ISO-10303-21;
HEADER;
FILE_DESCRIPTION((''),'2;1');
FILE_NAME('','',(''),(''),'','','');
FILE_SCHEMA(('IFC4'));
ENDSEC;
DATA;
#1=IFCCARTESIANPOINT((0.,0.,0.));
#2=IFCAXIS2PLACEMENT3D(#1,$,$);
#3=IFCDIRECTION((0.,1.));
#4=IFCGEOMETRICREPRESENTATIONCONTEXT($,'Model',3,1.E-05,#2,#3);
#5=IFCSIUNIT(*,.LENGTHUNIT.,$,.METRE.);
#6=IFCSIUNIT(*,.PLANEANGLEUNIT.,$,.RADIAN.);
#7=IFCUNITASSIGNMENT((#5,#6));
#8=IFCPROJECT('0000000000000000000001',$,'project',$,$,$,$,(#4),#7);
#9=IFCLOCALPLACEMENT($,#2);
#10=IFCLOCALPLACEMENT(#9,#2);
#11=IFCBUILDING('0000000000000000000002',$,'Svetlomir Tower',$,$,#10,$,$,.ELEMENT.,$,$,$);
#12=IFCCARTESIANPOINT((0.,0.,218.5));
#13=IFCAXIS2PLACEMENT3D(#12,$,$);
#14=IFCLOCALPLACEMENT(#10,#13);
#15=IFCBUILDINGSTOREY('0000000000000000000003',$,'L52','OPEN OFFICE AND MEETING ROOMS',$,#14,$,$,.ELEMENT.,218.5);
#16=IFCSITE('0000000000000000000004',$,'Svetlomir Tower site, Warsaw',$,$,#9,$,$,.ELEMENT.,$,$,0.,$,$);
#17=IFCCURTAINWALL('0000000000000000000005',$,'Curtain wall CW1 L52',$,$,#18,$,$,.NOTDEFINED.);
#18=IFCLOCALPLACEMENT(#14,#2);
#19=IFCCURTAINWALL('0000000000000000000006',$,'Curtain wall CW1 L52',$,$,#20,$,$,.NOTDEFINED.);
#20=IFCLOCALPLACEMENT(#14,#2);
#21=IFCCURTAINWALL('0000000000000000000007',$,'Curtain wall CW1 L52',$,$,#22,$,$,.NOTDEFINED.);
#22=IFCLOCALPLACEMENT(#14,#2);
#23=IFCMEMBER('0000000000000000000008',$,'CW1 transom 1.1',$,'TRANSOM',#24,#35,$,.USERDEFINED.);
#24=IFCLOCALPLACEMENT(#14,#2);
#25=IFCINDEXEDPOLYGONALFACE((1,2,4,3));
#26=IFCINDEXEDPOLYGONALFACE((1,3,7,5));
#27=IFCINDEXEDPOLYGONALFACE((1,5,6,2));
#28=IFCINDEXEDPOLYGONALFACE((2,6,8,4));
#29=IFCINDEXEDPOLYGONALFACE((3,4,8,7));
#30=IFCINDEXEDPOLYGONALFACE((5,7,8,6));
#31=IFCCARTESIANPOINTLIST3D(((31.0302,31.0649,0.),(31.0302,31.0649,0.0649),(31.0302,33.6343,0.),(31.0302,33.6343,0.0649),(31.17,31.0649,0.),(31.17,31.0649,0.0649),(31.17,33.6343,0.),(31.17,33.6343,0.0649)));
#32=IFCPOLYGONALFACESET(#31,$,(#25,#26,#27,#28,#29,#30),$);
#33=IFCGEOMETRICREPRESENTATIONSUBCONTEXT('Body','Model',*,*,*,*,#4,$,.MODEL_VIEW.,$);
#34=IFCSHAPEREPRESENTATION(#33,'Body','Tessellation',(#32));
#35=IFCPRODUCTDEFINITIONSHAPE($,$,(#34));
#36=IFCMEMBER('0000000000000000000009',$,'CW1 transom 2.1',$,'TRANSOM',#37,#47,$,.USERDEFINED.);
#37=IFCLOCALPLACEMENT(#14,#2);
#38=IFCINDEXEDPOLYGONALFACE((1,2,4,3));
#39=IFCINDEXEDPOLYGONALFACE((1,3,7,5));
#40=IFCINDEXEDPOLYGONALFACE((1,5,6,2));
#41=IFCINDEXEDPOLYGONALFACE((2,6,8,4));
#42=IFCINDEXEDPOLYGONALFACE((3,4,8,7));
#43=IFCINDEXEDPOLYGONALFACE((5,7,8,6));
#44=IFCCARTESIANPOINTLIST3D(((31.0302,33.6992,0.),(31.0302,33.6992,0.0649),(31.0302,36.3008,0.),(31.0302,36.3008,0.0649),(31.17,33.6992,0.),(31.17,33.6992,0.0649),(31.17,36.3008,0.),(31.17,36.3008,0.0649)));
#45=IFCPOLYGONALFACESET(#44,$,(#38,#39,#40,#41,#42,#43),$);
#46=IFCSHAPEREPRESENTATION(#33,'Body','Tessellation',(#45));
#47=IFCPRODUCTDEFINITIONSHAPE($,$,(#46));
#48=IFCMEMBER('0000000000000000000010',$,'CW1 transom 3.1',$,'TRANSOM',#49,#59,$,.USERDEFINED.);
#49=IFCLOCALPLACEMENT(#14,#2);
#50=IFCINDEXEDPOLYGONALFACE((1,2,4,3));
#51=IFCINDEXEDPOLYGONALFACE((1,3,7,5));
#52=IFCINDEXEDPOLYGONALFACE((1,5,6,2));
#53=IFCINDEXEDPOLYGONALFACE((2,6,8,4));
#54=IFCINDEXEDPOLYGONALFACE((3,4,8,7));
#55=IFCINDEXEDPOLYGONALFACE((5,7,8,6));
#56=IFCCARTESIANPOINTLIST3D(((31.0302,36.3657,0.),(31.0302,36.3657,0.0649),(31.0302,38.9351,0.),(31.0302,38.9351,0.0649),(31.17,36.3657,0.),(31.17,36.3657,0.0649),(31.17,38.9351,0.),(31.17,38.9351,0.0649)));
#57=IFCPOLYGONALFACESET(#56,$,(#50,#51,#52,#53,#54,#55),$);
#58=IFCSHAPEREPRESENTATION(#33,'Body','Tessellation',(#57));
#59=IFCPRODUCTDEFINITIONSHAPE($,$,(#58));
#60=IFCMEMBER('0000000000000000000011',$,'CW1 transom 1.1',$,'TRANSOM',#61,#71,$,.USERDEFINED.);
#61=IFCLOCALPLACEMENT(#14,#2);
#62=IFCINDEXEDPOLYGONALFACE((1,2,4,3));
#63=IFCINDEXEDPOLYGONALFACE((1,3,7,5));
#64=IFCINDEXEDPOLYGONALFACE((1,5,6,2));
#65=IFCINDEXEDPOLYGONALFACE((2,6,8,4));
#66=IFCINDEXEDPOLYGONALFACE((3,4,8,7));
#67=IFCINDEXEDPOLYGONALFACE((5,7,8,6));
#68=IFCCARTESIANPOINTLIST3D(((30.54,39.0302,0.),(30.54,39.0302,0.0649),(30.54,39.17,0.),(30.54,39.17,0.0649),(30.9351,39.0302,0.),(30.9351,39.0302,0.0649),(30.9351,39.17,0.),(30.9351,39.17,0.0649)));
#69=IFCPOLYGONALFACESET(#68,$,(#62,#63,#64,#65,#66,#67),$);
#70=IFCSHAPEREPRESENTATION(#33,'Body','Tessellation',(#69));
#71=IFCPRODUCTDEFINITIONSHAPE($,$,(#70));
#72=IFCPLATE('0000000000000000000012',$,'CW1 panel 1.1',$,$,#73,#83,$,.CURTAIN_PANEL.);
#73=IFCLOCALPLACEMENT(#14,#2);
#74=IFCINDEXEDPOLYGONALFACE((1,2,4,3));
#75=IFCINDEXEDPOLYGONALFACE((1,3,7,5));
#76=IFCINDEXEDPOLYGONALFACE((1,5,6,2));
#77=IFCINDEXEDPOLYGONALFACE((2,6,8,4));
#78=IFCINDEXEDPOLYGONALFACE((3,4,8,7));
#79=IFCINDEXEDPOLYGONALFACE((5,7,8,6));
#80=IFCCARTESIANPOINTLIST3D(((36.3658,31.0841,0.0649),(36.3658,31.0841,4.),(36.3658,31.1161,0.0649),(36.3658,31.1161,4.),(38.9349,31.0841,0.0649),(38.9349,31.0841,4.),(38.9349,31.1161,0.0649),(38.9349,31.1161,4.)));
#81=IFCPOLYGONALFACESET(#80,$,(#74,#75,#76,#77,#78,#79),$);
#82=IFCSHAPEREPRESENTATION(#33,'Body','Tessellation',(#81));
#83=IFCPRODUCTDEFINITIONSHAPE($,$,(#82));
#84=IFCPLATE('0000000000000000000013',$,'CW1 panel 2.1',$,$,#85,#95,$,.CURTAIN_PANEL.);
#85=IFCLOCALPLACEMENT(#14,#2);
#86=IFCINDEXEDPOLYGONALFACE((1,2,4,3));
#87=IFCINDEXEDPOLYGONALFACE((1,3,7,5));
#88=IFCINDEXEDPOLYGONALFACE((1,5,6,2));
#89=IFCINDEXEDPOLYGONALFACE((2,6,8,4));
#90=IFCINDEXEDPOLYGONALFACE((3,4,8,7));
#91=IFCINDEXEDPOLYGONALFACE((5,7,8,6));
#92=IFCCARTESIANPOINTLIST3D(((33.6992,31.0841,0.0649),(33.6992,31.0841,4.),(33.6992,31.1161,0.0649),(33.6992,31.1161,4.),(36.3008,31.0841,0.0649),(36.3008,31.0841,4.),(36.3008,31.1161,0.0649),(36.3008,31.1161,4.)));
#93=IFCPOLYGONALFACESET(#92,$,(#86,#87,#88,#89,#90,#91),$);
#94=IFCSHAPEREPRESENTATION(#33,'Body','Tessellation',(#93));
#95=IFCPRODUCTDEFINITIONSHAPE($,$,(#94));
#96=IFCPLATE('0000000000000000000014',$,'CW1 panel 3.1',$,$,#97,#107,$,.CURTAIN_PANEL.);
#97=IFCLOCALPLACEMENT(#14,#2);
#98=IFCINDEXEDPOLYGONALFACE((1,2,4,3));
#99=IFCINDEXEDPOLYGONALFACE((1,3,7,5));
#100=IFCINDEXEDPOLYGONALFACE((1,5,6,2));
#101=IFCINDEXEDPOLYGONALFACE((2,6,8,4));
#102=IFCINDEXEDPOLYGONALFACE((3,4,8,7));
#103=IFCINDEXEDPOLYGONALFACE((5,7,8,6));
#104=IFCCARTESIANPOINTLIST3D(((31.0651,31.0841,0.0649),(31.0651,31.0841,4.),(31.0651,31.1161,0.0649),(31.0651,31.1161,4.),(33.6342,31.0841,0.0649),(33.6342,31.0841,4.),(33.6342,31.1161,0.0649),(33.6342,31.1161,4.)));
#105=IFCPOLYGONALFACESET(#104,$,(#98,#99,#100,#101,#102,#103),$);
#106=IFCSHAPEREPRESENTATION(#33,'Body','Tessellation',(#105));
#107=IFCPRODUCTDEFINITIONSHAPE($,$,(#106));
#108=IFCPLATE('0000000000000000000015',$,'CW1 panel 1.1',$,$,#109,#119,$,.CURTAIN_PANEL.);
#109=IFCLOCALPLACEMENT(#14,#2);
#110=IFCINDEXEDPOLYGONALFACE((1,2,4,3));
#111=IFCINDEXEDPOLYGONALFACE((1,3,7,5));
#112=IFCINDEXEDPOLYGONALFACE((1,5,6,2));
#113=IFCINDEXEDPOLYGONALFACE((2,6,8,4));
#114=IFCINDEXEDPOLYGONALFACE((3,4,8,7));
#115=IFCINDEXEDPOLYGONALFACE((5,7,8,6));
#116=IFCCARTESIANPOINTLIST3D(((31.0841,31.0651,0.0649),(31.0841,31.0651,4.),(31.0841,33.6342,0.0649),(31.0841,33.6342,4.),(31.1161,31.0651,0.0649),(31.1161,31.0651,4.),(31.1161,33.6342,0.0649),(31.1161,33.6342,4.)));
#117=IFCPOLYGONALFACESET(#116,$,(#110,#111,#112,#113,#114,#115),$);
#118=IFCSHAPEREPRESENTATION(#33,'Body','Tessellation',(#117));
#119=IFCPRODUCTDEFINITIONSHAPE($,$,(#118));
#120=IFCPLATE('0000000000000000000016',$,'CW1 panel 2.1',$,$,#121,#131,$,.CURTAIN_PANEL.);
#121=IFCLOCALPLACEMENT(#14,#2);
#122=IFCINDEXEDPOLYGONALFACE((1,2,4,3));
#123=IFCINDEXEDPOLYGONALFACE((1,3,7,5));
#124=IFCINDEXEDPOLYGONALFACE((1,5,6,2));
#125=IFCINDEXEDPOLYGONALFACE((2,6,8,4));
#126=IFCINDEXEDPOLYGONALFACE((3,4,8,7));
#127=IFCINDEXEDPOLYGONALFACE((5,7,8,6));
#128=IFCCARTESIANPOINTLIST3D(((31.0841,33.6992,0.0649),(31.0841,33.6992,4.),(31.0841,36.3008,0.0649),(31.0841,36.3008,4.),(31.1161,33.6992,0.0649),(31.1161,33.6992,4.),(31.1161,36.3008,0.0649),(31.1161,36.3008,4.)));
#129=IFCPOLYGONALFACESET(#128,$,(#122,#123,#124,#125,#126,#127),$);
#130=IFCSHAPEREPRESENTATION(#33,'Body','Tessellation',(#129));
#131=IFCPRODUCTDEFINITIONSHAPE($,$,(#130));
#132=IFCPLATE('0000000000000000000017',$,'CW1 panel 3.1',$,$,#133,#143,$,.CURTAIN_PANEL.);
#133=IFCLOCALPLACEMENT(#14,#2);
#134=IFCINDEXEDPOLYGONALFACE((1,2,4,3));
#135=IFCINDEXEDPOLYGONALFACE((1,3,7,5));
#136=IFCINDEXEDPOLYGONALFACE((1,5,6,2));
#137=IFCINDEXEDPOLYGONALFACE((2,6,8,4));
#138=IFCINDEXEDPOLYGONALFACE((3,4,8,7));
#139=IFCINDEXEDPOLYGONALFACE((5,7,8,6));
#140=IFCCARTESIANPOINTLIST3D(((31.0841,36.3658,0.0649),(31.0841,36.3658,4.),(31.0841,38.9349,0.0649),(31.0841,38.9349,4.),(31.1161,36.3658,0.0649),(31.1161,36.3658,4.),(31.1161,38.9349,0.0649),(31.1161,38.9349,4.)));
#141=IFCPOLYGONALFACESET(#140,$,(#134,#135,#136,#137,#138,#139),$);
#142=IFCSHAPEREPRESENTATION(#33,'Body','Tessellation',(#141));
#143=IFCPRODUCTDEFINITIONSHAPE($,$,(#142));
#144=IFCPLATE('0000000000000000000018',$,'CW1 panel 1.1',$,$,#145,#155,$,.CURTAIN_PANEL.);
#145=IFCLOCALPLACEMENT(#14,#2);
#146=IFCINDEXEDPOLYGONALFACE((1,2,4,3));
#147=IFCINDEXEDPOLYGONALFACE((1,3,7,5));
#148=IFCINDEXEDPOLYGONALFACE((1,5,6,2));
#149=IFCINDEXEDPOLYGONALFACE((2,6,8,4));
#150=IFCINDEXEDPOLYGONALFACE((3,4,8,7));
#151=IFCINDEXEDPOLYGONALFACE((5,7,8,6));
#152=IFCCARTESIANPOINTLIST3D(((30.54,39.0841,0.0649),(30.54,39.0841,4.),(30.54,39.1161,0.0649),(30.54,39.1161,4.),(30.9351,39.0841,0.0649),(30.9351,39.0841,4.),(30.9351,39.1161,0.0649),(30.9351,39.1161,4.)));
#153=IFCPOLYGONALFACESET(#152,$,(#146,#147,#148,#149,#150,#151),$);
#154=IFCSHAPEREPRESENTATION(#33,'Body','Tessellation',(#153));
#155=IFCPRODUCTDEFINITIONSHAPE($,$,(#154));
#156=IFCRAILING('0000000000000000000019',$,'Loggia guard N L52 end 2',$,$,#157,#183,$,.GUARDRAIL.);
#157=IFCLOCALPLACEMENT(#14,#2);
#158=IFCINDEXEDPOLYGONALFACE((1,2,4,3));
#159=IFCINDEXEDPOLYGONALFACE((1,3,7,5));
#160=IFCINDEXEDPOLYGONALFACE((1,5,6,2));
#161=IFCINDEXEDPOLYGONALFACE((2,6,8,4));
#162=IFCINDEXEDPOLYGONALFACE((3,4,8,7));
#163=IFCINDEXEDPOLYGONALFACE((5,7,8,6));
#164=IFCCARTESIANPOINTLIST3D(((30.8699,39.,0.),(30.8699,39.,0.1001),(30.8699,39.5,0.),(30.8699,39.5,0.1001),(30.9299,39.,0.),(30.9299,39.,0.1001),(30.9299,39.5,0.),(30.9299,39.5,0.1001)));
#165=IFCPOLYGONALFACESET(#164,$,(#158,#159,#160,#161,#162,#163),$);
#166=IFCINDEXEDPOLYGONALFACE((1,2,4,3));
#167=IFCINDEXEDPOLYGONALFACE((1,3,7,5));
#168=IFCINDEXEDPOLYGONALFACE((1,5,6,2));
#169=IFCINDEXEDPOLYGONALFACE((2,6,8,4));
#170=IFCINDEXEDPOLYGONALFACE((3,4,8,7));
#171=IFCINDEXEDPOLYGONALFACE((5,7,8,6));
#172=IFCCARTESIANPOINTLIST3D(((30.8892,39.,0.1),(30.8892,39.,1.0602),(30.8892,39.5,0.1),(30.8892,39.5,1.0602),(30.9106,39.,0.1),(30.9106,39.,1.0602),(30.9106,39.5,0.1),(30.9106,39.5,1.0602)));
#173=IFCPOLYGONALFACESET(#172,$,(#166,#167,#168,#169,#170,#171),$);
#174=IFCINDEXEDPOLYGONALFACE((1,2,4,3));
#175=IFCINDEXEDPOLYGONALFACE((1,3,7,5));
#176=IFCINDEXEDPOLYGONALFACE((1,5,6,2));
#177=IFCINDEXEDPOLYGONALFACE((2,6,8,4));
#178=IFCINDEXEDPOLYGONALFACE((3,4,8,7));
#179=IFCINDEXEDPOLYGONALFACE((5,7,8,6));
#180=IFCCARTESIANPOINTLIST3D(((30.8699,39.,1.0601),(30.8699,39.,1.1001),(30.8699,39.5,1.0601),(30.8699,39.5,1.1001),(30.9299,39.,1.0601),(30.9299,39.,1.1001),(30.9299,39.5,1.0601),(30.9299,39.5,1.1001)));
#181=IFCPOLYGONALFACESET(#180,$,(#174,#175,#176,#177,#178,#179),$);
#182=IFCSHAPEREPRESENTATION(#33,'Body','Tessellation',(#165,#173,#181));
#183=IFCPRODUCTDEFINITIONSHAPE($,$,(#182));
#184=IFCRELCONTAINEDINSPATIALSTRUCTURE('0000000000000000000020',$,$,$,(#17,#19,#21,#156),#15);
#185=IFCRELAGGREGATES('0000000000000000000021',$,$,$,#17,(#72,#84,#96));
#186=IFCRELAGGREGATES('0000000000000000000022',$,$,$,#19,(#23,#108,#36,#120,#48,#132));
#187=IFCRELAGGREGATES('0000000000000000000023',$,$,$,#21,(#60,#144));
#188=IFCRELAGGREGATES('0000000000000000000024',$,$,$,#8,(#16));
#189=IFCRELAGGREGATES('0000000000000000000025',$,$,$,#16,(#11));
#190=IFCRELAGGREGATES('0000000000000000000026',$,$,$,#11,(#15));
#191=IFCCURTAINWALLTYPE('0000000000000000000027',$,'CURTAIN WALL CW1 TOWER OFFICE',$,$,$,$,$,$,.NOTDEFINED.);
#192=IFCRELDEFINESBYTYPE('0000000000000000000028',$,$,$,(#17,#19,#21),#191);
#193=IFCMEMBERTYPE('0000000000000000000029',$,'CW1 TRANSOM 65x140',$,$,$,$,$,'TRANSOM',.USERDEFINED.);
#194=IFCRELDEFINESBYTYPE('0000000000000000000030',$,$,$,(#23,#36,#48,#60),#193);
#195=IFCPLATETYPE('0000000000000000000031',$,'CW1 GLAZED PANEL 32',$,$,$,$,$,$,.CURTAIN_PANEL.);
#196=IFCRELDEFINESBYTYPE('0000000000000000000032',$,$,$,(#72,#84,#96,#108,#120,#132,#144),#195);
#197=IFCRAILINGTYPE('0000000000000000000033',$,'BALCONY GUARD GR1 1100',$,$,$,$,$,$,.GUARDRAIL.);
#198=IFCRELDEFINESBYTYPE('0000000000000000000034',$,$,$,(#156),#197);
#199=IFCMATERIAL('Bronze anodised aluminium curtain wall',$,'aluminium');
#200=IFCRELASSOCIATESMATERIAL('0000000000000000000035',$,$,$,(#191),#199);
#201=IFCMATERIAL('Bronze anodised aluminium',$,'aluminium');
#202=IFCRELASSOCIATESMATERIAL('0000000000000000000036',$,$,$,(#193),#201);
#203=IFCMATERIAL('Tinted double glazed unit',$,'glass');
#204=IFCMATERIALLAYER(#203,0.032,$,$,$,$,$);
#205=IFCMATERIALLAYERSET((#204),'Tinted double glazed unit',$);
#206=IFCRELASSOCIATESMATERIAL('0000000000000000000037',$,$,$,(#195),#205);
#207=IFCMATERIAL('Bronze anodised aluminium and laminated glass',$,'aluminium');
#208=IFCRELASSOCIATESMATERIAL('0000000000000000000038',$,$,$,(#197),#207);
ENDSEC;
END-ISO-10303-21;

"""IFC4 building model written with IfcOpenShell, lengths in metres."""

from ifc_helpers import new_model, si_unit, direction, frame, origin, origin_2d, place, context, subcontext, project, spatial, rectangle, extrude, material, layer, layer_set, material_profile, profile_set, type_object, element, aggregate, save


model = new_model("IFC4")

# Units and contexts
model_context = context("Model", 3, precision=1e-05, world=origin(), true_north=direction((0.0, 1.0)))
body_context = subcontext(model_context, "Body", "Model", "MODEL_VIEW")
ifc_project = project(units=[si_unit("LENGTHUNIT", "METRE"), si_unit("PLANEANGLEUNIT", "RADIAN")], contexts=[model_context])

# Site, building, storey
site_placement = place(None, origin())
site = spatial("IfcSite", under=ifc_project, at=site_placement, Name="Svetlomir Tower site, Warsaw", CompositionType="ELEMENT", RefElevation=0.0)
building_placement = place(site_placement, origin())
building = spatial("IfcBuilding", under=site, at=building_placement, Name="Svetlomir Tower", CompositionType="ELEMENT")
storey_placement = place(building_placement, frame((0.0, 0.0, 218.5)))
storey = spatial("IfcBuildingStorey", under=building, at=storey_placement, Name="L52", Description="OPEN OFFICE AND MEETING ROOMS", CompositionType="ELEMENT", Elevation=218.5)

# Curtain walls
ifc_material_1 = material(Name="Bronze anodised aluminium curtain wall", Category="aluminium")
curtain_wall_type = type_object("IfcCurtainWallType", Name="CURTAIN WALL CW1 TOWER OFFICE", PredefinedType="NOTDEFINED", material=ifc_material_1)
curtain_wall_1_placement = place(storey_placement, origin())
curtain_wall_1 = element("IfcCurtainWall", 1, at=curtain_wall_1_placement, inside=storey, type_object=curtain_wall_type, Name="Curtain wall CW1 L52", PredefinedType="NOTDEFINED")
curtain_wall_2_placement = place(storey_placement, origin())
curtain_wall_2 = element("IfcCurtainWall", 2, at=curtain_wall_2_placement, inside=storey, type_object=curtain_wall_type, Name="Curtain wall CW1 L52", PredefinedType="NOTDEFINED")

# Curtain wall
curtain_wall_3_placement = place(storey_placement, origin())
curtain_wall_3 = element("IfcCurtainWall", 3, at=curtain_wall_3_placement, inside=storey, type_object=curtain_wall_type, Name="Curtain wall CW1 L52", PredefinedType="NOTDEFINED")

# Members
ifc_material_2 = material(Name="Bronze anodised aluminium", Category="aluminium")
ifc_material_profile_1 = material_profile(ifc_material_2, rectangle(XDim=0.1399, YDim=0.0649, at=origin_2d()), Name="AL 140x65")
ifc_profile_set_1 = profile_set([ifc_material_profile_1], Name="Bronze anodised aluminium 6063-T6")
member_type_1 = type_object("IfcMemberType", Name="CW1 TRANSOM 65x140", ElementType="TRANSOM", PredefinedType="USERDEFINED", material=ifc_profile_set_1)
member_1_placement = place(storey_placement, frame((31.1001, 31.0649, 0.0325), z_axis=(0.0, 1.0, 0.0), x_axis=(-1.0, 0.0, 0.0)))
member_1 = element("IfcMember", 4, at=member_1_placement, type_object=member_type_1, Name="CW1 transom 1.1", ObjectType="TRANSOM", PredefinedType="USERDEFINED", context=body_context, shape_type="SweptSolid", body=[
    extrude(rectangle(XDim=0.1399, YDim=0.0649, at=origin_2d()), origin(), (0.0, 0.0, 1.0), 2.5693),
])
member_2_placement = place(storey_placement, frame((31.1001, 33.6992, 0.0325), z_axis=(0.0, 1.0, 0.0), x_axis=(-1.0, 0.0, 0.0)))
member_2 = element("IfcMember", 5, at=member_2_placement, type_object=member_type_1, Name="CW1 transom 2.1", ObjectType="TRANSOM", PredefinedType="USERDEFINED", context=body_context, shape_type="SweptSolid", body=[
    extrude(rectangle(XDim=0.1399, YDim=0.0649, at=origin_2d()), origin(), (0.0, 0.0, 1.0), 2.6016),
])
member_3_placement = place(storey_placement, frame((31.1001, 36.3657, 0.0325), z_axis=(0.0, 1.0, 0.0), x_axis=(-1.0, 0.0, 0.0)))
member_3 = element("IfcMember", 6, at=member_3_placement, type_object=member_type_1, Name="CW1 transom 3.1", ObjectType="TRANSOM", PredefinedType="USERDEFINED", context=body_context, shape_type="SweptSolid", body=[
    extrude(rectangle(XDim=0.1399, YDim=0.0649, at=origin_2d()), origin(), (0.0, 0.0, 1.0), 2.5693),
])
member_4_placement = place(storey_placement, frame((30.9351, 39.1001, 0.0325), z_axis=(-1.0, 0.0, 0.0), x_axis=(0.0, -1.0, 0.0)))
member_4 = element("IfcMember", 7, at=member_4_placement, type_object=member_type_1, Name="CW1 transom 1.1", ObjectType="TRANSOM", PredefinedType="USERDEFINED", context=body_context, shape_type="SweptSolid", body=[
    extrude(rectangle(XDim=0.1399, YDim=0.0649, at=origin_2d()), origin(), (0.0, 0.0, 1.0), 0.395),
])

# Plates
ifc_material_3 = material(Name="Tinted double glazed unit", Category="glass")
ifc_layer = layer(ifc_material_3, 0.032)
ifc_layer_set = layer_set([ifc_layer], Name="Tinted double glazed unit")
plate_type = type_object("IfcPlateType", Name="CW1 GLAZED PANEL 32", PredefinedType="CURTAIN_PANEL", material=ifc_layer_set)
plate_1_placement = place(storey_placement, frame((37.6504, 31.1001, 0.0649), z_axis=(0.0, 0.0, 1.0), x_axis=(-1.0, 0.0, 0.0)))
plate_1 = element("IfcPlate", 8, at=plate_1_placement, type_object=plate_type, Name="CW1 panel 1.1", PredefinedType="CURTAIN_PANEL", context=body_context, shape_type="SweptSolid", body=[
    extrude(rectangle(XDim=2.5691, YDim=0.032, at=origin_2d()), origin(), (0.0, 0.0, 1.0), 3.9351),
])
plate_2_placement = place(storey_placement, frame((35.0, 31.1001, 0.0649), z_axis=(0.0, 0.0, 1.0), x_axis=(-1.0, 0.0, 0.0)))
plate_2 = element("IfcPlate", 9, at=plate_2_placement, type_object=plate_type, Name="CW1 panel 2.1", PredefinedType="CURTAIN_PANEL", context=body_context, shape_type="SweptSolid", body=[
    extrude(rectangle(XDim=2.6016, YDim=0.032, at=origin_2d()), origin(), (0.0, 0.0, 1.0), 3.9351),
])
plate_3_placement = place(storey_placement, frame((32.3496, 31.1001, 0.0649), z_axis=(0.0, 0.0, 1.0), x_axis=(-1.0, 0.0, 0.0)))
plate_3 = element("IfcPlate", 10, at=plate_3_placement, type_object=plate_type, Name="CW1 panel 3.1", PredefinedType="CURTAIN_PANEL", context=body_context, shape_type="SweptSolid", body=[
    extrude(rectangle(XDim=2.5691, YDim=0.032, at=origin_2d()), origin(), (0.0, 0.0, 1.0), 3.9351),
])
aggregate(curtain_wall_1, [plate_1, plate_2, plate_3])
plate_4_placement = place(storey_placement, frame((31.1001, 32.3496, 0.0649), z_axis=(0.0, 0.0, 1.0), x_axis=(0.0, 1.0, 0.0)))
plate_4 = element("IfcPlate", 11, at=plate_4_placement, type_object=plate_type, Name="CW1 panel 1.1", PredefinedType="CURTAIN_PANEL", context=body_context, shape_type="SweptSolid", body=[
    extrude(rectangle(XDim=2.5691, YDim=0.032, at=origin_2d()), origin(), (0.0, 0.0, 1.0), 3.9351),
])
plate_5_placement = place(storey_placement, frame((31.1001, 35.0, 0.0649), z_axis=(0.0, 0.0, 1.0), x_axis=(0.0, 1.0, 0.0)))
plate_5 = element("IfcPlate", 12, at=plate_5_placement, type_object=plate_type, Name="CW1 panel 2.1", PredefinedType="CURTAIN_PANEL", context=body_context, shape_type="SweptSolid", body=[
    extrude(rectangle(XDim=2.6016, YDim=0.032, at=origin_2d()), origin(), (0.0, 0.0, 1.0), 3.9351),
])
plate_6_placement = place(storey_placement, frame((31.1001, 37.6504, 0.0649), z_axis=(0.0, 0.0, 1.0), x_axis=(0.0, 1.0, 0.0)))
plate_6 = element("IfcPlate", 13, at=plate_6_placement, type_object=plate_type, Name="CW1 panel 3.1", PredefinedType="CURTAIN_PANEL", context=body_context, shape_type="SweptSolid", body=[
    extrude(rectangle(XDim=2.5691, YDim=0.032, at=origin_2d()), origin(), (0.0, 0.0, 1.0), 3.9351),
])
aggregate(curtain_wall_2, [member_1, plate_4, member_2, plate_5, member_3, plate_6])
plate_7_placement = place(storey_placement, frame((30.7375, 39.1001, 0.0649), z_axis=(0.0, 0.0, 1.0), x_axis=(-1.0, 0.0, 0.0)))
plate_7 = element("IfcPlate", 14, at=plate_7_placement, type_object=plate_type, Name="CW1 panel 1.1", PredefinedType="CURTAIN_PANEL", context=body_context, shape_type="SweptSolid", body=[
    extrude(rectangle(XDim=0.395, YDim=0.032, at=origin_2d()), origin(), (0.0, 0.0, 1.0), 3.9351),
])
aggregate(curtain_wall_3, [member_4, plate_7])

# Railing
ifc_material_4 = material(Name="Bronze anodised aluminium and laminated glass", Category="aluminium")
railing_type = type_object("IfcRailingType", Name="BALCONY GUARD GR1 1100", PredefinedType="GUARDRAIL", material=ifc_material_4)
railing_placement = place(storey_placement, frame((30.8999, 39.5, 0.0)))
element("IfcRailing", 15, at=railing_placement, inside=storey, type_object=railing_type, Name="Loggia guard N L52 end 2", PredefinedType="GUARDRAIL", context=body_context, shape_type="SweptSolid", body=[
    extrude(rectangle(XDim=0.0601, YDim=0.1001, at=origin_2d()), frame((0.0, 0.0, 0.05), z_axis=(0.0, -1.0, 0.0), x_axis=(1.0, 0.0, 0.0)), (0.0, 0.0, 1.0), 0.5),
    extrude(rectangle(XDim=0.0215, YDim=0.9602, at=origin_2d()), frame((0.0, 0.0, 0.5801), z_axis=(0.0, -1.0, 0.0), x_axis=(1.0, 0.0, 0.0)), (0.0, 0.0, 1.0), 0.5),
    extrude(rectangle(XDim=0.0601, YDim=0.04, at=origin_2d()), frame((0.0, 0.0, 1.0801), z_axis=(0.0, -1.0, 0.0), x_axis=(1.0, 0.0, 0.0)), (0.0, 0.0, 1.0), 0.5),
])

save(model, "model.ifc")
